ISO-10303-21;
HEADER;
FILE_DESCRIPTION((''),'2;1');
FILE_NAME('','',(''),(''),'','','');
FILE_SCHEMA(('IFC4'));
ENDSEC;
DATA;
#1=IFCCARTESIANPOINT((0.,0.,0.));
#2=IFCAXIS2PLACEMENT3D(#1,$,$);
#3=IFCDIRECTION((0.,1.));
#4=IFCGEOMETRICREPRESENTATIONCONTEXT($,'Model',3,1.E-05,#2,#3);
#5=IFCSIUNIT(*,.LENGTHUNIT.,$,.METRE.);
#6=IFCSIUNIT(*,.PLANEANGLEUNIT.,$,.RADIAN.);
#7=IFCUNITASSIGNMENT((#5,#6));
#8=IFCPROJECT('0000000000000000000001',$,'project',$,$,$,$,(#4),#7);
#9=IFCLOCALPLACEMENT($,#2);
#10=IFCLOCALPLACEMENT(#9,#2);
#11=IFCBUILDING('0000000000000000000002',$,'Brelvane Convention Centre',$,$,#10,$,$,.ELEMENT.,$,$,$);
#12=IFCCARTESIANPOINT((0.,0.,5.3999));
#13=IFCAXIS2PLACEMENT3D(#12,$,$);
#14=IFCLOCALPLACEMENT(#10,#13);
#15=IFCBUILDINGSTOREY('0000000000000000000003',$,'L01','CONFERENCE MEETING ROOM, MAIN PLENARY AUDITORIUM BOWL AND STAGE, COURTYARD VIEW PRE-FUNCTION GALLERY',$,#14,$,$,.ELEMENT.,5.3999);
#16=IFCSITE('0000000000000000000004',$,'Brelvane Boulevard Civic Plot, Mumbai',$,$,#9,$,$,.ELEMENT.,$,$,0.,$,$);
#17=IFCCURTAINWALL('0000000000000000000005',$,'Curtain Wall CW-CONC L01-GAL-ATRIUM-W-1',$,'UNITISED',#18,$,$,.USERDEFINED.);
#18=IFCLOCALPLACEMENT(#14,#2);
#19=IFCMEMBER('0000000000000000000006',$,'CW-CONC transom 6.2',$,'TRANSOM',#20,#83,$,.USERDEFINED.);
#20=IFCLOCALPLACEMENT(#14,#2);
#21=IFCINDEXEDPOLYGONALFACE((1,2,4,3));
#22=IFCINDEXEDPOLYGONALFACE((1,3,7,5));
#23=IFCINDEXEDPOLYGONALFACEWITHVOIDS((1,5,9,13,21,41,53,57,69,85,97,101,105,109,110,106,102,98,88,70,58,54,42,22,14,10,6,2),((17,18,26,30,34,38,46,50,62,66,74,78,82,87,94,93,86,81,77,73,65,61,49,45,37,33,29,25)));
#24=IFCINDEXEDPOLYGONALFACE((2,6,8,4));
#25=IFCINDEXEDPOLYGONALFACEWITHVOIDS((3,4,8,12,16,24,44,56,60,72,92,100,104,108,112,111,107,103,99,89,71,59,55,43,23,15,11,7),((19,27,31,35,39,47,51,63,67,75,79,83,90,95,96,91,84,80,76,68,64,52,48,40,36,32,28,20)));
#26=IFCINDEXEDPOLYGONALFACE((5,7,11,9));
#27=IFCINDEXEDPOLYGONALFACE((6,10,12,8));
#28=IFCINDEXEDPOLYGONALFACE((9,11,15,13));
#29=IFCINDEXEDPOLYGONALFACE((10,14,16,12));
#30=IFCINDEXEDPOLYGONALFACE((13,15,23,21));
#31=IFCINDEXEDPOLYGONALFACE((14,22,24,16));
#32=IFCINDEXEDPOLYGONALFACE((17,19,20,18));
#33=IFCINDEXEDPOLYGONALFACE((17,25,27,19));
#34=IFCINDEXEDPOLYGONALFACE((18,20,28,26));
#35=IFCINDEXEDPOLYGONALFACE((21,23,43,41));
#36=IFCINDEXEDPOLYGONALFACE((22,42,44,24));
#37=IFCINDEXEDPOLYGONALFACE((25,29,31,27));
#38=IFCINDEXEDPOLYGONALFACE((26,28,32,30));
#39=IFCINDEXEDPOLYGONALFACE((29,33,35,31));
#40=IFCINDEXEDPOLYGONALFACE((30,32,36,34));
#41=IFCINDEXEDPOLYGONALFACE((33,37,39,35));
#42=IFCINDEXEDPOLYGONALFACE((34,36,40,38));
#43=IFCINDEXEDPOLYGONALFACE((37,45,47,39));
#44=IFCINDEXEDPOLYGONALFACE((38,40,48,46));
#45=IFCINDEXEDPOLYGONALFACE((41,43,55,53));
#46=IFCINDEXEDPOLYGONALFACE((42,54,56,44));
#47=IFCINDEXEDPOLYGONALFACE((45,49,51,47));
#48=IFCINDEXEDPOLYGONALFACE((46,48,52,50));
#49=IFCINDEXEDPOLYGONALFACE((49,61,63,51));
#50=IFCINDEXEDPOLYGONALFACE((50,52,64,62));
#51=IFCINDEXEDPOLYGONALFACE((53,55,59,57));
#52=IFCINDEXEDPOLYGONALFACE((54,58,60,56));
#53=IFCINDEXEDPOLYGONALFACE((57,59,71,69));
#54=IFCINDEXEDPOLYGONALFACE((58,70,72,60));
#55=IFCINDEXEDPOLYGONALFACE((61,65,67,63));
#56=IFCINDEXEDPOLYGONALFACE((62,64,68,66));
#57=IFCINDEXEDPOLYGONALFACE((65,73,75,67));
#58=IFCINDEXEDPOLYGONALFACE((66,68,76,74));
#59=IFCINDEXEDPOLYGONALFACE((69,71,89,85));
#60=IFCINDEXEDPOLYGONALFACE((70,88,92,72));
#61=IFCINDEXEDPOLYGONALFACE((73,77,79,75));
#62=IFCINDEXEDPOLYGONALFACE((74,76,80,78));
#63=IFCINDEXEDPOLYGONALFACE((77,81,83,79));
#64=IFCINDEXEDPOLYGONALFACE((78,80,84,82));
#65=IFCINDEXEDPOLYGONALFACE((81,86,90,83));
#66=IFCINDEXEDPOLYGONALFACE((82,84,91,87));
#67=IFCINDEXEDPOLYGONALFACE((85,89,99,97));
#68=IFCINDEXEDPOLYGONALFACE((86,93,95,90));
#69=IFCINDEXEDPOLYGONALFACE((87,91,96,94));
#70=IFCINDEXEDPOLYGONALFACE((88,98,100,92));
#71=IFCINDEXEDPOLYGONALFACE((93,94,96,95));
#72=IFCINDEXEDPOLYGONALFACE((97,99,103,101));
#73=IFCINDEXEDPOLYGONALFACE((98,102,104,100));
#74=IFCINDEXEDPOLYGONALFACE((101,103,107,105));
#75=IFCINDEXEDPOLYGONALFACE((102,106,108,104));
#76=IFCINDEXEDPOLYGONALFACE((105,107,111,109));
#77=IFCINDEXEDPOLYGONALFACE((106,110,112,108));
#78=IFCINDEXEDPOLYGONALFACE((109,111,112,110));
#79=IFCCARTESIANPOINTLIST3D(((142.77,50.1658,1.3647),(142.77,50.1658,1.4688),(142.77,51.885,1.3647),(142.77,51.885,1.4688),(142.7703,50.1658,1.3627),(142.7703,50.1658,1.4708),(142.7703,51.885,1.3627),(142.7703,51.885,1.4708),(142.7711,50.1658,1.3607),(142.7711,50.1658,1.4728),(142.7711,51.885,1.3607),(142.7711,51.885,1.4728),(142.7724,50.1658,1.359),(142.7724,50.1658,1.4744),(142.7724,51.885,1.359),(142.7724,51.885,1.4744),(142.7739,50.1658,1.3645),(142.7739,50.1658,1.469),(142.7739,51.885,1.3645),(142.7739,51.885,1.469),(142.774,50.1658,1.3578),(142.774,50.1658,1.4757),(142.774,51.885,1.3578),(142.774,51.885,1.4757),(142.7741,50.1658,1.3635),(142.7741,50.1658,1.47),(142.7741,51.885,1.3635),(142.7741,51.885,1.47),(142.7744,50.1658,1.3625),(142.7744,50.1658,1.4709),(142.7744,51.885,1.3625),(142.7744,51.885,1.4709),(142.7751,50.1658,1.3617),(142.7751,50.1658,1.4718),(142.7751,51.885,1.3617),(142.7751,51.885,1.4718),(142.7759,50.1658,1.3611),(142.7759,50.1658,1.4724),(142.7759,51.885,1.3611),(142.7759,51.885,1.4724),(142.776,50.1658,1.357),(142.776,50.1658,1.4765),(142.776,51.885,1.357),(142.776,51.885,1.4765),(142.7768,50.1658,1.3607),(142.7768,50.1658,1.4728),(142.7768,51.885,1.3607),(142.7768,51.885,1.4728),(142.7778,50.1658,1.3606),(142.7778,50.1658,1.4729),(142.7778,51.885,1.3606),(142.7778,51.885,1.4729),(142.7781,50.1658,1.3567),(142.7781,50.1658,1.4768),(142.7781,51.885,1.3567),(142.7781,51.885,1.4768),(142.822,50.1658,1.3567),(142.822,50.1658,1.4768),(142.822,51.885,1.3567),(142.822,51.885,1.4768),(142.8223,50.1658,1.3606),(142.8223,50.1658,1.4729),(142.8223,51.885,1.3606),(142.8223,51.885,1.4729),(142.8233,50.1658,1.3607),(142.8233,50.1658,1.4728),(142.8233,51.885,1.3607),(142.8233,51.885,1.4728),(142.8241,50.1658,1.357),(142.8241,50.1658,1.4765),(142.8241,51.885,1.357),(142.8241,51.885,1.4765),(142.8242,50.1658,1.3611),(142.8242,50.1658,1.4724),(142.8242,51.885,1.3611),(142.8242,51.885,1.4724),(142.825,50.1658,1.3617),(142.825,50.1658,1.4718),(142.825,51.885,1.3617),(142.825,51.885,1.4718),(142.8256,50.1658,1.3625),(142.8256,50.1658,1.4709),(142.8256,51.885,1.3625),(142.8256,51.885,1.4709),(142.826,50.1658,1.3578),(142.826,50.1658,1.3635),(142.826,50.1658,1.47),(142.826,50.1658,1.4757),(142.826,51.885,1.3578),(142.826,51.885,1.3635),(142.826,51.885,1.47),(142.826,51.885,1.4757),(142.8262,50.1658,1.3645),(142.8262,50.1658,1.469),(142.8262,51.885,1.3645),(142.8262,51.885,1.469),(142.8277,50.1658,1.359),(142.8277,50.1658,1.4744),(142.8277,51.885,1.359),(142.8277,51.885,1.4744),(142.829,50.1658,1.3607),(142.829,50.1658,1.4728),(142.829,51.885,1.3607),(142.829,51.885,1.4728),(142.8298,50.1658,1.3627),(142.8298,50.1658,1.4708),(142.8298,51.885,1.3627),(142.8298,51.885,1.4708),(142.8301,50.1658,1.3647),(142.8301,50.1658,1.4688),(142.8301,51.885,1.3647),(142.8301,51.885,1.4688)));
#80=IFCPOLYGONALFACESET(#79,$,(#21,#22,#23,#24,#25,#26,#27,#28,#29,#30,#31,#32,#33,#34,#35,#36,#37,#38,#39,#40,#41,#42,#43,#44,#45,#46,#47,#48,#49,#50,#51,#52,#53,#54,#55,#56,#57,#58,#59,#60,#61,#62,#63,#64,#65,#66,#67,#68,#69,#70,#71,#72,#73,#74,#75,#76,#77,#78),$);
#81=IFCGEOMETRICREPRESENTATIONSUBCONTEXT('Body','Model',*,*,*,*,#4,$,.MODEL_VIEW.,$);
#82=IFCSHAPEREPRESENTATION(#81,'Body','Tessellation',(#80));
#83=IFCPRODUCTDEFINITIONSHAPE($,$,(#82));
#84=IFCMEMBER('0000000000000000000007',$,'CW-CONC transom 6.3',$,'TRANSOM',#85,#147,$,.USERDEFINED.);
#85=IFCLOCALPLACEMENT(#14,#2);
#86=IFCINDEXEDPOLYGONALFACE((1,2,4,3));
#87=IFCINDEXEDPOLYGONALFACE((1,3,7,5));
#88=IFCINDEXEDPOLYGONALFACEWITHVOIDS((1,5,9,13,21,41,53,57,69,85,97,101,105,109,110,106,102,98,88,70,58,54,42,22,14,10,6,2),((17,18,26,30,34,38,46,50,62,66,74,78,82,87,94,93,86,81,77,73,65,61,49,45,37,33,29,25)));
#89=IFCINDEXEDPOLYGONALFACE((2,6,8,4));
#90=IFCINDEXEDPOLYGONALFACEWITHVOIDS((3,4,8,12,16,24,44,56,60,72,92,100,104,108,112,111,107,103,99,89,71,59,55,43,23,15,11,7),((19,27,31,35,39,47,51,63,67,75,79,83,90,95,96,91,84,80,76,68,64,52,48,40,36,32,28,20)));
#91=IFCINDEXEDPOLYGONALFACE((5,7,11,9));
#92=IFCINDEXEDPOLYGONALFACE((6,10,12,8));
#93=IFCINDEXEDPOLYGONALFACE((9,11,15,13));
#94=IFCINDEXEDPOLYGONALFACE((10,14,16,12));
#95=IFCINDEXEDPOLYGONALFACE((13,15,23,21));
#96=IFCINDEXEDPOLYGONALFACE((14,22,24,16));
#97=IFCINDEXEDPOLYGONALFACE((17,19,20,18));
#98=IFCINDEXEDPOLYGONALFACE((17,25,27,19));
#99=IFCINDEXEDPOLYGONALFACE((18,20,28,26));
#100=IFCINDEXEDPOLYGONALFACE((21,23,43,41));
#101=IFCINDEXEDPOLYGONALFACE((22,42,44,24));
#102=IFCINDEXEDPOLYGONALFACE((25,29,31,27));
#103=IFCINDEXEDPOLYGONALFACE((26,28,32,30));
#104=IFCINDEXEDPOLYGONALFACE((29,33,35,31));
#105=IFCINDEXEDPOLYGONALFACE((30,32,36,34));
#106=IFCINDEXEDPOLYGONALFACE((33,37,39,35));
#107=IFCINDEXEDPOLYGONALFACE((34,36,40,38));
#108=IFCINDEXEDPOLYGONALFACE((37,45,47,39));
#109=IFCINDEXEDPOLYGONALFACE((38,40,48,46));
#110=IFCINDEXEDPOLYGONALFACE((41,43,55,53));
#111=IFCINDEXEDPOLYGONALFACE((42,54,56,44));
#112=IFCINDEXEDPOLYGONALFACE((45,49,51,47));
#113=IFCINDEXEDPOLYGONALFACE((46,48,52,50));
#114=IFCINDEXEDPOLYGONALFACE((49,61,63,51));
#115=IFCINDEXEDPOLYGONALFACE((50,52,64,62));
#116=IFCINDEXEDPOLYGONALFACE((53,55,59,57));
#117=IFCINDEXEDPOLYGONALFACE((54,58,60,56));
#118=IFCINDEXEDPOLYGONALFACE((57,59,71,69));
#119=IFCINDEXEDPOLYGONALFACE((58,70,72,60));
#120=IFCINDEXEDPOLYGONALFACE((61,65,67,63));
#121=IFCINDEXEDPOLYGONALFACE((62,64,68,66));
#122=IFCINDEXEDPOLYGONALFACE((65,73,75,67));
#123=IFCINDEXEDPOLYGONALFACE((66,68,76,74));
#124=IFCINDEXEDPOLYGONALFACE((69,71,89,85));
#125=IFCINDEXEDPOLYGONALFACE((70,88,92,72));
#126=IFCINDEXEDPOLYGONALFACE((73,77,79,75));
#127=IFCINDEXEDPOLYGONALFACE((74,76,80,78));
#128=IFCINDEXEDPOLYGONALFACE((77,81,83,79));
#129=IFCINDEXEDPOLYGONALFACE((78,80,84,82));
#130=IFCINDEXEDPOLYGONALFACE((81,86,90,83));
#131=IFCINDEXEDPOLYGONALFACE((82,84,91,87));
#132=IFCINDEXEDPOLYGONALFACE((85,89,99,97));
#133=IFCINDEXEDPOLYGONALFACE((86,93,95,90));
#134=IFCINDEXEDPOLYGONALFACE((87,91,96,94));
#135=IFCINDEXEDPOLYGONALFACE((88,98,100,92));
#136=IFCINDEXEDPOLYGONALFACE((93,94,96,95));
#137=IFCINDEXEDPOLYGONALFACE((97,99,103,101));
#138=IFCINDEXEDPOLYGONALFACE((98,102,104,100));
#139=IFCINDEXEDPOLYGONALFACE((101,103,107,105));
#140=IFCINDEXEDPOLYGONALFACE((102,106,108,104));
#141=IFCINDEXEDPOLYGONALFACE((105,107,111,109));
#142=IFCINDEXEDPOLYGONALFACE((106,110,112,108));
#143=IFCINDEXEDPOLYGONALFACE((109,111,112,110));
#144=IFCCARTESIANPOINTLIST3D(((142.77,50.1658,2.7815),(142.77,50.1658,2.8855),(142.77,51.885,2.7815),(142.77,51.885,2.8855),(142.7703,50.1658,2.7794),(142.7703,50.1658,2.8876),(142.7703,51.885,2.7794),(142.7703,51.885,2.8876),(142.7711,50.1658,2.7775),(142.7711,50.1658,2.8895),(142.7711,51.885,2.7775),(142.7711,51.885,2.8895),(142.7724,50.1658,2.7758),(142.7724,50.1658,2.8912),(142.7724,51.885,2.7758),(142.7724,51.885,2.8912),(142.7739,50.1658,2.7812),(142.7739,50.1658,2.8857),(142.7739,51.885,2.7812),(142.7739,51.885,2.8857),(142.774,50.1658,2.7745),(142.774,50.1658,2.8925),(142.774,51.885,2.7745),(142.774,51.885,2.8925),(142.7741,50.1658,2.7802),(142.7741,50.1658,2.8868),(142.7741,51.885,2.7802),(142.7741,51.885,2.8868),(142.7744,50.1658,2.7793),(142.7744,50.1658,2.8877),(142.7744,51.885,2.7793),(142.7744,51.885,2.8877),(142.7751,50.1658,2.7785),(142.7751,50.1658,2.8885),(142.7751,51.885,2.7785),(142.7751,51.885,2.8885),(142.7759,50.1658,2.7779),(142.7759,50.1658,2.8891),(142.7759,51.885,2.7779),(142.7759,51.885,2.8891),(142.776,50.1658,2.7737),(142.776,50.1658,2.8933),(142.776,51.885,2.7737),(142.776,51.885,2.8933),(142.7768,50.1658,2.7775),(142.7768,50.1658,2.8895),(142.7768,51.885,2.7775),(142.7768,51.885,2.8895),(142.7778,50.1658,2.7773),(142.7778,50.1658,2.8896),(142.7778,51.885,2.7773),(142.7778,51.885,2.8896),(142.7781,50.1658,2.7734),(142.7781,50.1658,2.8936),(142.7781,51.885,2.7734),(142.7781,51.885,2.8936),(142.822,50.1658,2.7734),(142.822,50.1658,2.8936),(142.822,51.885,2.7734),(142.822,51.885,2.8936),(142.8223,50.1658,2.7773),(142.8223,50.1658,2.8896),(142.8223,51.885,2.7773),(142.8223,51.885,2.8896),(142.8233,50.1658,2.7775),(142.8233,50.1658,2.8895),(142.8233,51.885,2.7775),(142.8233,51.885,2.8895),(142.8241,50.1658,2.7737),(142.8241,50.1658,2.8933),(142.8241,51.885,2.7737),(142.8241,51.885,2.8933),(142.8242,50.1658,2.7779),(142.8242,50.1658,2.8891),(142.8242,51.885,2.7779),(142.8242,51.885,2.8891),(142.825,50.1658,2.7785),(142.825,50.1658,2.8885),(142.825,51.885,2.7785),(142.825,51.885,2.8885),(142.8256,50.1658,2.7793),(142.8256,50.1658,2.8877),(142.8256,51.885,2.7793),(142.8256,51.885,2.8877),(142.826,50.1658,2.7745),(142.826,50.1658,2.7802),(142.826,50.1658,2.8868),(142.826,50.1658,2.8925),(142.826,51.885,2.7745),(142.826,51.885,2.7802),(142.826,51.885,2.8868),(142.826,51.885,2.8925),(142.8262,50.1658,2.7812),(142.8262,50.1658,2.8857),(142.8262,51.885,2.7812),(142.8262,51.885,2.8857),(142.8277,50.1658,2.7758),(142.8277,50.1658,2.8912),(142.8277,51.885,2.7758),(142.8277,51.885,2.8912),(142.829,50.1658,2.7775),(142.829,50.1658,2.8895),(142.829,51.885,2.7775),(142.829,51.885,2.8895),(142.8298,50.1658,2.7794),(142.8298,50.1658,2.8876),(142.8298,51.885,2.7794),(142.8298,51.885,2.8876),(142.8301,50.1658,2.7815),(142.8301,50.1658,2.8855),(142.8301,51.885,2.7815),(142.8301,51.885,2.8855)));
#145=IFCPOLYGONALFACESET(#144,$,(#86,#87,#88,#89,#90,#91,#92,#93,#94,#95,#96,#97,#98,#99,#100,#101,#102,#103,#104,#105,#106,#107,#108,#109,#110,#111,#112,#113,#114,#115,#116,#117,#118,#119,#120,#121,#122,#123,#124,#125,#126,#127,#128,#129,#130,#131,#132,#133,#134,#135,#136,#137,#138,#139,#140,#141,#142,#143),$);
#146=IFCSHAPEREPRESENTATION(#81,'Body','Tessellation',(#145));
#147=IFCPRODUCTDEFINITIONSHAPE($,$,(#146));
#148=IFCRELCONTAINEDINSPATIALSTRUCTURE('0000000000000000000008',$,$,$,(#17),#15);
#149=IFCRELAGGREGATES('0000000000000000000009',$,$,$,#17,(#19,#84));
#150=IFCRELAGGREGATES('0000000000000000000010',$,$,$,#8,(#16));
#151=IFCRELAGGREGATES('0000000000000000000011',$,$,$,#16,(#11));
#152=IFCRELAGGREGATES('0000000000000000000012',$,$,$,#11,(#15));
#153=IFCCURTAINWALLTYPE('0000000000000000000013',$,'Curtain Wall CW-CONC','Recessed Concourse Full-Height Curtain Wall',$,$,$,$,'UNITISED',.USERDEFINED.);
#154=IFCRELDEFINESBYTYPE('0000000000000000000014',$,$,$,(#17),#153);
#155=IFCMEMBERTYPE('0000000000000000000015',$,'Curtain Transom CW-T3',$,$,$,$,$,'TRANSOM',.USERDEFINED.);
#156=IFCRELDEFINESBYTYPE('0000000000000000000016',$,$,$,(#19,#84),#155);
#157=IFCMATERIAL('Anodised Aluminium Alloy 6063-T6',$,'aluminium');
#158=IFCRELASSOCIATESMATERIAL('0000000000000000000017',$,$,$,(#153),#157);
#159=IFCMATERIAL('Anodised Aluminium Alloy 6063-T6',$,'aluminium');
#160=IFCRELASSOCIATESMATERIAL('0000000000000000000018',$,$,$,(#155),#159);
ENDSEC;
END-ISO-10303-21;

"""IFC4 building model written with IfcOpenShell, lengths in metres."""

from ifc_helpers import new_model, si_unit, direction, frame, origin, origin_2d, place, context, subcontext, project, spatial, hollow_rectangle, extrude, material, material_profile, profile_set, type_object, element, aggregate, save


model = new_model("IFC4")

# Units and contexts
model_context = context("Model", 3, precision=1e-05, world=origin(), true_north=direction((0.0, 1.0)))
body_context = subcontext(model_context, "Body", "Model", "MODEL_VIEW")
ifc_project = project(units=[si_unit("LENGTHUNIT", "METRE"), si_unit("PLANEANGLEUNIT", "RADIAN")], contexts=[model_context])

# Site, building, storey
site_placement = place(None, origin())
site = spatial("IfcSite", under=ifc_project, at=site_placement, Name="Brelvane Boulevard Civic Plot, Mumbai", CompositionType="ELEMENT", RefElevation=0.0)
building_placement = place(site_placement, origin())
building = spatial("IfcBuilding", under=site, at=building_placement, Name="Brelvane Convention Centre", CompositionType="ELEMENT")
storey_placement = place(building_placement, frame((0.0, 0.0, 5.3999)))
storey = spatial("IfcBuildingStorey", under=building, at=storey_placement, Name="L01", Description="CONFERENCE MEETING ROOM, MAIN PLENARY AUDITORIUM BOWL AND STAGE, COURTYARD VIEW PRE-FUNCTION GALLERY", CompositionType="ELEMENT", Elevation=5.3999)

# Curtain wall, members
ifc_material_1 = material(Name="Anodised Aluminium Alloy 6063-T6", Category="aluminium")
curtain_wall_type = type_object("IfcCurtainWallType", Name="Curtain Wall CW-CONC", Description="Recessed Concourse Full-Height Curtain Wall", ElementType="UNITISED", PredefinedType="USERDEFINED", material=ifc_material_1)
curtain_wall_placement = place(storey_placement, origin())
curtain_wall = element("IfcCurtainWall", 1, at=curtain_wall_placement, inside=storey, type_object=curtain_wall_type, Name="Curtain Wall CW-CONC L01-GAL-ATRIUM-W-1", ObjectType="UNITISED", PredefinedType="USERDEFINED")
ifc_material_2 = material(Name="Anodised Aluminium Alloy 6063-T6", Category="aluminium")
ifc_material_profile_1 = material_profile(ifc_material_2, hollow_rectangle(XDim=0.0601, YDim=0.1201, WallThickness=0.0039, InnerFilletRadius=0.0039, OuterFilletRadius=0.0081, at=origin_2d()), Name="ALU-T 120x60x4.0")
ifc_profile_set_1 = profile_set([ifc_material_profile_1], Name="Anodised Aluminium Alloy 6063-T6")
member_type_1 = type_object("IfcMemberType", Name="Curtain Transom CW-T3", ElementType="TRANSOM", PredefinedType="USERDEFINED", material=ifc_profile_set_1)
member_1_placement = place(storey_placement, frame((142.8, 50.1658, 1.4167), z_axis=(0.0, 1.0, 0.0), x_axis=(-1.0, 0.0, 0.0)))
member_1 = element("IfcMember", 2, at=member_1_placement, type_object=member_type_1, Name="CW-CONC transom 6.2", ObjectType="TRANSOM", PredefinedType="USERDEFINED", context=body_context, shape_type="SweptSolid", body=[
    extrude(hollow_rectangle(XDim=0.0601, YDim=0.1201, WallThickness=0.0039, InnerFilletRadius=0.0039, OuterFilletRadius=0.0081, at=origin_2d()), origin(), (0.0, 0.0, 1.0), 1.7192),
])
member_2_placement = place(storey_placement, frame((142.8, 50.1658, 2.8335), z_axis=(0.0, 1.0, 0.0), x_axis=(-1.0, 0.0, 0.0)))
member_2 = element("IfcMember", 3, at=member_2_placement, type_object=member_type_1, Name="CW-CONC transom 6.3", ObjectType="TRANSOM", PredefinedType="USERDEFINED", context=body_context, shape_type="SweptSolid", body=[
    extrude(hollow_rectangle(XDim=0.0601, YDim=0.1201, WallThickness=0.0039, InnerFilletRadius=0.0039, OuterFilletRadius=0.0081, at=origin_2d()), origin(), (0.0, 0.0, 1.0), 1.7192),
])

aggregate(curtain_wall, [member_1, member_2])

save(model, "model.ifc")
